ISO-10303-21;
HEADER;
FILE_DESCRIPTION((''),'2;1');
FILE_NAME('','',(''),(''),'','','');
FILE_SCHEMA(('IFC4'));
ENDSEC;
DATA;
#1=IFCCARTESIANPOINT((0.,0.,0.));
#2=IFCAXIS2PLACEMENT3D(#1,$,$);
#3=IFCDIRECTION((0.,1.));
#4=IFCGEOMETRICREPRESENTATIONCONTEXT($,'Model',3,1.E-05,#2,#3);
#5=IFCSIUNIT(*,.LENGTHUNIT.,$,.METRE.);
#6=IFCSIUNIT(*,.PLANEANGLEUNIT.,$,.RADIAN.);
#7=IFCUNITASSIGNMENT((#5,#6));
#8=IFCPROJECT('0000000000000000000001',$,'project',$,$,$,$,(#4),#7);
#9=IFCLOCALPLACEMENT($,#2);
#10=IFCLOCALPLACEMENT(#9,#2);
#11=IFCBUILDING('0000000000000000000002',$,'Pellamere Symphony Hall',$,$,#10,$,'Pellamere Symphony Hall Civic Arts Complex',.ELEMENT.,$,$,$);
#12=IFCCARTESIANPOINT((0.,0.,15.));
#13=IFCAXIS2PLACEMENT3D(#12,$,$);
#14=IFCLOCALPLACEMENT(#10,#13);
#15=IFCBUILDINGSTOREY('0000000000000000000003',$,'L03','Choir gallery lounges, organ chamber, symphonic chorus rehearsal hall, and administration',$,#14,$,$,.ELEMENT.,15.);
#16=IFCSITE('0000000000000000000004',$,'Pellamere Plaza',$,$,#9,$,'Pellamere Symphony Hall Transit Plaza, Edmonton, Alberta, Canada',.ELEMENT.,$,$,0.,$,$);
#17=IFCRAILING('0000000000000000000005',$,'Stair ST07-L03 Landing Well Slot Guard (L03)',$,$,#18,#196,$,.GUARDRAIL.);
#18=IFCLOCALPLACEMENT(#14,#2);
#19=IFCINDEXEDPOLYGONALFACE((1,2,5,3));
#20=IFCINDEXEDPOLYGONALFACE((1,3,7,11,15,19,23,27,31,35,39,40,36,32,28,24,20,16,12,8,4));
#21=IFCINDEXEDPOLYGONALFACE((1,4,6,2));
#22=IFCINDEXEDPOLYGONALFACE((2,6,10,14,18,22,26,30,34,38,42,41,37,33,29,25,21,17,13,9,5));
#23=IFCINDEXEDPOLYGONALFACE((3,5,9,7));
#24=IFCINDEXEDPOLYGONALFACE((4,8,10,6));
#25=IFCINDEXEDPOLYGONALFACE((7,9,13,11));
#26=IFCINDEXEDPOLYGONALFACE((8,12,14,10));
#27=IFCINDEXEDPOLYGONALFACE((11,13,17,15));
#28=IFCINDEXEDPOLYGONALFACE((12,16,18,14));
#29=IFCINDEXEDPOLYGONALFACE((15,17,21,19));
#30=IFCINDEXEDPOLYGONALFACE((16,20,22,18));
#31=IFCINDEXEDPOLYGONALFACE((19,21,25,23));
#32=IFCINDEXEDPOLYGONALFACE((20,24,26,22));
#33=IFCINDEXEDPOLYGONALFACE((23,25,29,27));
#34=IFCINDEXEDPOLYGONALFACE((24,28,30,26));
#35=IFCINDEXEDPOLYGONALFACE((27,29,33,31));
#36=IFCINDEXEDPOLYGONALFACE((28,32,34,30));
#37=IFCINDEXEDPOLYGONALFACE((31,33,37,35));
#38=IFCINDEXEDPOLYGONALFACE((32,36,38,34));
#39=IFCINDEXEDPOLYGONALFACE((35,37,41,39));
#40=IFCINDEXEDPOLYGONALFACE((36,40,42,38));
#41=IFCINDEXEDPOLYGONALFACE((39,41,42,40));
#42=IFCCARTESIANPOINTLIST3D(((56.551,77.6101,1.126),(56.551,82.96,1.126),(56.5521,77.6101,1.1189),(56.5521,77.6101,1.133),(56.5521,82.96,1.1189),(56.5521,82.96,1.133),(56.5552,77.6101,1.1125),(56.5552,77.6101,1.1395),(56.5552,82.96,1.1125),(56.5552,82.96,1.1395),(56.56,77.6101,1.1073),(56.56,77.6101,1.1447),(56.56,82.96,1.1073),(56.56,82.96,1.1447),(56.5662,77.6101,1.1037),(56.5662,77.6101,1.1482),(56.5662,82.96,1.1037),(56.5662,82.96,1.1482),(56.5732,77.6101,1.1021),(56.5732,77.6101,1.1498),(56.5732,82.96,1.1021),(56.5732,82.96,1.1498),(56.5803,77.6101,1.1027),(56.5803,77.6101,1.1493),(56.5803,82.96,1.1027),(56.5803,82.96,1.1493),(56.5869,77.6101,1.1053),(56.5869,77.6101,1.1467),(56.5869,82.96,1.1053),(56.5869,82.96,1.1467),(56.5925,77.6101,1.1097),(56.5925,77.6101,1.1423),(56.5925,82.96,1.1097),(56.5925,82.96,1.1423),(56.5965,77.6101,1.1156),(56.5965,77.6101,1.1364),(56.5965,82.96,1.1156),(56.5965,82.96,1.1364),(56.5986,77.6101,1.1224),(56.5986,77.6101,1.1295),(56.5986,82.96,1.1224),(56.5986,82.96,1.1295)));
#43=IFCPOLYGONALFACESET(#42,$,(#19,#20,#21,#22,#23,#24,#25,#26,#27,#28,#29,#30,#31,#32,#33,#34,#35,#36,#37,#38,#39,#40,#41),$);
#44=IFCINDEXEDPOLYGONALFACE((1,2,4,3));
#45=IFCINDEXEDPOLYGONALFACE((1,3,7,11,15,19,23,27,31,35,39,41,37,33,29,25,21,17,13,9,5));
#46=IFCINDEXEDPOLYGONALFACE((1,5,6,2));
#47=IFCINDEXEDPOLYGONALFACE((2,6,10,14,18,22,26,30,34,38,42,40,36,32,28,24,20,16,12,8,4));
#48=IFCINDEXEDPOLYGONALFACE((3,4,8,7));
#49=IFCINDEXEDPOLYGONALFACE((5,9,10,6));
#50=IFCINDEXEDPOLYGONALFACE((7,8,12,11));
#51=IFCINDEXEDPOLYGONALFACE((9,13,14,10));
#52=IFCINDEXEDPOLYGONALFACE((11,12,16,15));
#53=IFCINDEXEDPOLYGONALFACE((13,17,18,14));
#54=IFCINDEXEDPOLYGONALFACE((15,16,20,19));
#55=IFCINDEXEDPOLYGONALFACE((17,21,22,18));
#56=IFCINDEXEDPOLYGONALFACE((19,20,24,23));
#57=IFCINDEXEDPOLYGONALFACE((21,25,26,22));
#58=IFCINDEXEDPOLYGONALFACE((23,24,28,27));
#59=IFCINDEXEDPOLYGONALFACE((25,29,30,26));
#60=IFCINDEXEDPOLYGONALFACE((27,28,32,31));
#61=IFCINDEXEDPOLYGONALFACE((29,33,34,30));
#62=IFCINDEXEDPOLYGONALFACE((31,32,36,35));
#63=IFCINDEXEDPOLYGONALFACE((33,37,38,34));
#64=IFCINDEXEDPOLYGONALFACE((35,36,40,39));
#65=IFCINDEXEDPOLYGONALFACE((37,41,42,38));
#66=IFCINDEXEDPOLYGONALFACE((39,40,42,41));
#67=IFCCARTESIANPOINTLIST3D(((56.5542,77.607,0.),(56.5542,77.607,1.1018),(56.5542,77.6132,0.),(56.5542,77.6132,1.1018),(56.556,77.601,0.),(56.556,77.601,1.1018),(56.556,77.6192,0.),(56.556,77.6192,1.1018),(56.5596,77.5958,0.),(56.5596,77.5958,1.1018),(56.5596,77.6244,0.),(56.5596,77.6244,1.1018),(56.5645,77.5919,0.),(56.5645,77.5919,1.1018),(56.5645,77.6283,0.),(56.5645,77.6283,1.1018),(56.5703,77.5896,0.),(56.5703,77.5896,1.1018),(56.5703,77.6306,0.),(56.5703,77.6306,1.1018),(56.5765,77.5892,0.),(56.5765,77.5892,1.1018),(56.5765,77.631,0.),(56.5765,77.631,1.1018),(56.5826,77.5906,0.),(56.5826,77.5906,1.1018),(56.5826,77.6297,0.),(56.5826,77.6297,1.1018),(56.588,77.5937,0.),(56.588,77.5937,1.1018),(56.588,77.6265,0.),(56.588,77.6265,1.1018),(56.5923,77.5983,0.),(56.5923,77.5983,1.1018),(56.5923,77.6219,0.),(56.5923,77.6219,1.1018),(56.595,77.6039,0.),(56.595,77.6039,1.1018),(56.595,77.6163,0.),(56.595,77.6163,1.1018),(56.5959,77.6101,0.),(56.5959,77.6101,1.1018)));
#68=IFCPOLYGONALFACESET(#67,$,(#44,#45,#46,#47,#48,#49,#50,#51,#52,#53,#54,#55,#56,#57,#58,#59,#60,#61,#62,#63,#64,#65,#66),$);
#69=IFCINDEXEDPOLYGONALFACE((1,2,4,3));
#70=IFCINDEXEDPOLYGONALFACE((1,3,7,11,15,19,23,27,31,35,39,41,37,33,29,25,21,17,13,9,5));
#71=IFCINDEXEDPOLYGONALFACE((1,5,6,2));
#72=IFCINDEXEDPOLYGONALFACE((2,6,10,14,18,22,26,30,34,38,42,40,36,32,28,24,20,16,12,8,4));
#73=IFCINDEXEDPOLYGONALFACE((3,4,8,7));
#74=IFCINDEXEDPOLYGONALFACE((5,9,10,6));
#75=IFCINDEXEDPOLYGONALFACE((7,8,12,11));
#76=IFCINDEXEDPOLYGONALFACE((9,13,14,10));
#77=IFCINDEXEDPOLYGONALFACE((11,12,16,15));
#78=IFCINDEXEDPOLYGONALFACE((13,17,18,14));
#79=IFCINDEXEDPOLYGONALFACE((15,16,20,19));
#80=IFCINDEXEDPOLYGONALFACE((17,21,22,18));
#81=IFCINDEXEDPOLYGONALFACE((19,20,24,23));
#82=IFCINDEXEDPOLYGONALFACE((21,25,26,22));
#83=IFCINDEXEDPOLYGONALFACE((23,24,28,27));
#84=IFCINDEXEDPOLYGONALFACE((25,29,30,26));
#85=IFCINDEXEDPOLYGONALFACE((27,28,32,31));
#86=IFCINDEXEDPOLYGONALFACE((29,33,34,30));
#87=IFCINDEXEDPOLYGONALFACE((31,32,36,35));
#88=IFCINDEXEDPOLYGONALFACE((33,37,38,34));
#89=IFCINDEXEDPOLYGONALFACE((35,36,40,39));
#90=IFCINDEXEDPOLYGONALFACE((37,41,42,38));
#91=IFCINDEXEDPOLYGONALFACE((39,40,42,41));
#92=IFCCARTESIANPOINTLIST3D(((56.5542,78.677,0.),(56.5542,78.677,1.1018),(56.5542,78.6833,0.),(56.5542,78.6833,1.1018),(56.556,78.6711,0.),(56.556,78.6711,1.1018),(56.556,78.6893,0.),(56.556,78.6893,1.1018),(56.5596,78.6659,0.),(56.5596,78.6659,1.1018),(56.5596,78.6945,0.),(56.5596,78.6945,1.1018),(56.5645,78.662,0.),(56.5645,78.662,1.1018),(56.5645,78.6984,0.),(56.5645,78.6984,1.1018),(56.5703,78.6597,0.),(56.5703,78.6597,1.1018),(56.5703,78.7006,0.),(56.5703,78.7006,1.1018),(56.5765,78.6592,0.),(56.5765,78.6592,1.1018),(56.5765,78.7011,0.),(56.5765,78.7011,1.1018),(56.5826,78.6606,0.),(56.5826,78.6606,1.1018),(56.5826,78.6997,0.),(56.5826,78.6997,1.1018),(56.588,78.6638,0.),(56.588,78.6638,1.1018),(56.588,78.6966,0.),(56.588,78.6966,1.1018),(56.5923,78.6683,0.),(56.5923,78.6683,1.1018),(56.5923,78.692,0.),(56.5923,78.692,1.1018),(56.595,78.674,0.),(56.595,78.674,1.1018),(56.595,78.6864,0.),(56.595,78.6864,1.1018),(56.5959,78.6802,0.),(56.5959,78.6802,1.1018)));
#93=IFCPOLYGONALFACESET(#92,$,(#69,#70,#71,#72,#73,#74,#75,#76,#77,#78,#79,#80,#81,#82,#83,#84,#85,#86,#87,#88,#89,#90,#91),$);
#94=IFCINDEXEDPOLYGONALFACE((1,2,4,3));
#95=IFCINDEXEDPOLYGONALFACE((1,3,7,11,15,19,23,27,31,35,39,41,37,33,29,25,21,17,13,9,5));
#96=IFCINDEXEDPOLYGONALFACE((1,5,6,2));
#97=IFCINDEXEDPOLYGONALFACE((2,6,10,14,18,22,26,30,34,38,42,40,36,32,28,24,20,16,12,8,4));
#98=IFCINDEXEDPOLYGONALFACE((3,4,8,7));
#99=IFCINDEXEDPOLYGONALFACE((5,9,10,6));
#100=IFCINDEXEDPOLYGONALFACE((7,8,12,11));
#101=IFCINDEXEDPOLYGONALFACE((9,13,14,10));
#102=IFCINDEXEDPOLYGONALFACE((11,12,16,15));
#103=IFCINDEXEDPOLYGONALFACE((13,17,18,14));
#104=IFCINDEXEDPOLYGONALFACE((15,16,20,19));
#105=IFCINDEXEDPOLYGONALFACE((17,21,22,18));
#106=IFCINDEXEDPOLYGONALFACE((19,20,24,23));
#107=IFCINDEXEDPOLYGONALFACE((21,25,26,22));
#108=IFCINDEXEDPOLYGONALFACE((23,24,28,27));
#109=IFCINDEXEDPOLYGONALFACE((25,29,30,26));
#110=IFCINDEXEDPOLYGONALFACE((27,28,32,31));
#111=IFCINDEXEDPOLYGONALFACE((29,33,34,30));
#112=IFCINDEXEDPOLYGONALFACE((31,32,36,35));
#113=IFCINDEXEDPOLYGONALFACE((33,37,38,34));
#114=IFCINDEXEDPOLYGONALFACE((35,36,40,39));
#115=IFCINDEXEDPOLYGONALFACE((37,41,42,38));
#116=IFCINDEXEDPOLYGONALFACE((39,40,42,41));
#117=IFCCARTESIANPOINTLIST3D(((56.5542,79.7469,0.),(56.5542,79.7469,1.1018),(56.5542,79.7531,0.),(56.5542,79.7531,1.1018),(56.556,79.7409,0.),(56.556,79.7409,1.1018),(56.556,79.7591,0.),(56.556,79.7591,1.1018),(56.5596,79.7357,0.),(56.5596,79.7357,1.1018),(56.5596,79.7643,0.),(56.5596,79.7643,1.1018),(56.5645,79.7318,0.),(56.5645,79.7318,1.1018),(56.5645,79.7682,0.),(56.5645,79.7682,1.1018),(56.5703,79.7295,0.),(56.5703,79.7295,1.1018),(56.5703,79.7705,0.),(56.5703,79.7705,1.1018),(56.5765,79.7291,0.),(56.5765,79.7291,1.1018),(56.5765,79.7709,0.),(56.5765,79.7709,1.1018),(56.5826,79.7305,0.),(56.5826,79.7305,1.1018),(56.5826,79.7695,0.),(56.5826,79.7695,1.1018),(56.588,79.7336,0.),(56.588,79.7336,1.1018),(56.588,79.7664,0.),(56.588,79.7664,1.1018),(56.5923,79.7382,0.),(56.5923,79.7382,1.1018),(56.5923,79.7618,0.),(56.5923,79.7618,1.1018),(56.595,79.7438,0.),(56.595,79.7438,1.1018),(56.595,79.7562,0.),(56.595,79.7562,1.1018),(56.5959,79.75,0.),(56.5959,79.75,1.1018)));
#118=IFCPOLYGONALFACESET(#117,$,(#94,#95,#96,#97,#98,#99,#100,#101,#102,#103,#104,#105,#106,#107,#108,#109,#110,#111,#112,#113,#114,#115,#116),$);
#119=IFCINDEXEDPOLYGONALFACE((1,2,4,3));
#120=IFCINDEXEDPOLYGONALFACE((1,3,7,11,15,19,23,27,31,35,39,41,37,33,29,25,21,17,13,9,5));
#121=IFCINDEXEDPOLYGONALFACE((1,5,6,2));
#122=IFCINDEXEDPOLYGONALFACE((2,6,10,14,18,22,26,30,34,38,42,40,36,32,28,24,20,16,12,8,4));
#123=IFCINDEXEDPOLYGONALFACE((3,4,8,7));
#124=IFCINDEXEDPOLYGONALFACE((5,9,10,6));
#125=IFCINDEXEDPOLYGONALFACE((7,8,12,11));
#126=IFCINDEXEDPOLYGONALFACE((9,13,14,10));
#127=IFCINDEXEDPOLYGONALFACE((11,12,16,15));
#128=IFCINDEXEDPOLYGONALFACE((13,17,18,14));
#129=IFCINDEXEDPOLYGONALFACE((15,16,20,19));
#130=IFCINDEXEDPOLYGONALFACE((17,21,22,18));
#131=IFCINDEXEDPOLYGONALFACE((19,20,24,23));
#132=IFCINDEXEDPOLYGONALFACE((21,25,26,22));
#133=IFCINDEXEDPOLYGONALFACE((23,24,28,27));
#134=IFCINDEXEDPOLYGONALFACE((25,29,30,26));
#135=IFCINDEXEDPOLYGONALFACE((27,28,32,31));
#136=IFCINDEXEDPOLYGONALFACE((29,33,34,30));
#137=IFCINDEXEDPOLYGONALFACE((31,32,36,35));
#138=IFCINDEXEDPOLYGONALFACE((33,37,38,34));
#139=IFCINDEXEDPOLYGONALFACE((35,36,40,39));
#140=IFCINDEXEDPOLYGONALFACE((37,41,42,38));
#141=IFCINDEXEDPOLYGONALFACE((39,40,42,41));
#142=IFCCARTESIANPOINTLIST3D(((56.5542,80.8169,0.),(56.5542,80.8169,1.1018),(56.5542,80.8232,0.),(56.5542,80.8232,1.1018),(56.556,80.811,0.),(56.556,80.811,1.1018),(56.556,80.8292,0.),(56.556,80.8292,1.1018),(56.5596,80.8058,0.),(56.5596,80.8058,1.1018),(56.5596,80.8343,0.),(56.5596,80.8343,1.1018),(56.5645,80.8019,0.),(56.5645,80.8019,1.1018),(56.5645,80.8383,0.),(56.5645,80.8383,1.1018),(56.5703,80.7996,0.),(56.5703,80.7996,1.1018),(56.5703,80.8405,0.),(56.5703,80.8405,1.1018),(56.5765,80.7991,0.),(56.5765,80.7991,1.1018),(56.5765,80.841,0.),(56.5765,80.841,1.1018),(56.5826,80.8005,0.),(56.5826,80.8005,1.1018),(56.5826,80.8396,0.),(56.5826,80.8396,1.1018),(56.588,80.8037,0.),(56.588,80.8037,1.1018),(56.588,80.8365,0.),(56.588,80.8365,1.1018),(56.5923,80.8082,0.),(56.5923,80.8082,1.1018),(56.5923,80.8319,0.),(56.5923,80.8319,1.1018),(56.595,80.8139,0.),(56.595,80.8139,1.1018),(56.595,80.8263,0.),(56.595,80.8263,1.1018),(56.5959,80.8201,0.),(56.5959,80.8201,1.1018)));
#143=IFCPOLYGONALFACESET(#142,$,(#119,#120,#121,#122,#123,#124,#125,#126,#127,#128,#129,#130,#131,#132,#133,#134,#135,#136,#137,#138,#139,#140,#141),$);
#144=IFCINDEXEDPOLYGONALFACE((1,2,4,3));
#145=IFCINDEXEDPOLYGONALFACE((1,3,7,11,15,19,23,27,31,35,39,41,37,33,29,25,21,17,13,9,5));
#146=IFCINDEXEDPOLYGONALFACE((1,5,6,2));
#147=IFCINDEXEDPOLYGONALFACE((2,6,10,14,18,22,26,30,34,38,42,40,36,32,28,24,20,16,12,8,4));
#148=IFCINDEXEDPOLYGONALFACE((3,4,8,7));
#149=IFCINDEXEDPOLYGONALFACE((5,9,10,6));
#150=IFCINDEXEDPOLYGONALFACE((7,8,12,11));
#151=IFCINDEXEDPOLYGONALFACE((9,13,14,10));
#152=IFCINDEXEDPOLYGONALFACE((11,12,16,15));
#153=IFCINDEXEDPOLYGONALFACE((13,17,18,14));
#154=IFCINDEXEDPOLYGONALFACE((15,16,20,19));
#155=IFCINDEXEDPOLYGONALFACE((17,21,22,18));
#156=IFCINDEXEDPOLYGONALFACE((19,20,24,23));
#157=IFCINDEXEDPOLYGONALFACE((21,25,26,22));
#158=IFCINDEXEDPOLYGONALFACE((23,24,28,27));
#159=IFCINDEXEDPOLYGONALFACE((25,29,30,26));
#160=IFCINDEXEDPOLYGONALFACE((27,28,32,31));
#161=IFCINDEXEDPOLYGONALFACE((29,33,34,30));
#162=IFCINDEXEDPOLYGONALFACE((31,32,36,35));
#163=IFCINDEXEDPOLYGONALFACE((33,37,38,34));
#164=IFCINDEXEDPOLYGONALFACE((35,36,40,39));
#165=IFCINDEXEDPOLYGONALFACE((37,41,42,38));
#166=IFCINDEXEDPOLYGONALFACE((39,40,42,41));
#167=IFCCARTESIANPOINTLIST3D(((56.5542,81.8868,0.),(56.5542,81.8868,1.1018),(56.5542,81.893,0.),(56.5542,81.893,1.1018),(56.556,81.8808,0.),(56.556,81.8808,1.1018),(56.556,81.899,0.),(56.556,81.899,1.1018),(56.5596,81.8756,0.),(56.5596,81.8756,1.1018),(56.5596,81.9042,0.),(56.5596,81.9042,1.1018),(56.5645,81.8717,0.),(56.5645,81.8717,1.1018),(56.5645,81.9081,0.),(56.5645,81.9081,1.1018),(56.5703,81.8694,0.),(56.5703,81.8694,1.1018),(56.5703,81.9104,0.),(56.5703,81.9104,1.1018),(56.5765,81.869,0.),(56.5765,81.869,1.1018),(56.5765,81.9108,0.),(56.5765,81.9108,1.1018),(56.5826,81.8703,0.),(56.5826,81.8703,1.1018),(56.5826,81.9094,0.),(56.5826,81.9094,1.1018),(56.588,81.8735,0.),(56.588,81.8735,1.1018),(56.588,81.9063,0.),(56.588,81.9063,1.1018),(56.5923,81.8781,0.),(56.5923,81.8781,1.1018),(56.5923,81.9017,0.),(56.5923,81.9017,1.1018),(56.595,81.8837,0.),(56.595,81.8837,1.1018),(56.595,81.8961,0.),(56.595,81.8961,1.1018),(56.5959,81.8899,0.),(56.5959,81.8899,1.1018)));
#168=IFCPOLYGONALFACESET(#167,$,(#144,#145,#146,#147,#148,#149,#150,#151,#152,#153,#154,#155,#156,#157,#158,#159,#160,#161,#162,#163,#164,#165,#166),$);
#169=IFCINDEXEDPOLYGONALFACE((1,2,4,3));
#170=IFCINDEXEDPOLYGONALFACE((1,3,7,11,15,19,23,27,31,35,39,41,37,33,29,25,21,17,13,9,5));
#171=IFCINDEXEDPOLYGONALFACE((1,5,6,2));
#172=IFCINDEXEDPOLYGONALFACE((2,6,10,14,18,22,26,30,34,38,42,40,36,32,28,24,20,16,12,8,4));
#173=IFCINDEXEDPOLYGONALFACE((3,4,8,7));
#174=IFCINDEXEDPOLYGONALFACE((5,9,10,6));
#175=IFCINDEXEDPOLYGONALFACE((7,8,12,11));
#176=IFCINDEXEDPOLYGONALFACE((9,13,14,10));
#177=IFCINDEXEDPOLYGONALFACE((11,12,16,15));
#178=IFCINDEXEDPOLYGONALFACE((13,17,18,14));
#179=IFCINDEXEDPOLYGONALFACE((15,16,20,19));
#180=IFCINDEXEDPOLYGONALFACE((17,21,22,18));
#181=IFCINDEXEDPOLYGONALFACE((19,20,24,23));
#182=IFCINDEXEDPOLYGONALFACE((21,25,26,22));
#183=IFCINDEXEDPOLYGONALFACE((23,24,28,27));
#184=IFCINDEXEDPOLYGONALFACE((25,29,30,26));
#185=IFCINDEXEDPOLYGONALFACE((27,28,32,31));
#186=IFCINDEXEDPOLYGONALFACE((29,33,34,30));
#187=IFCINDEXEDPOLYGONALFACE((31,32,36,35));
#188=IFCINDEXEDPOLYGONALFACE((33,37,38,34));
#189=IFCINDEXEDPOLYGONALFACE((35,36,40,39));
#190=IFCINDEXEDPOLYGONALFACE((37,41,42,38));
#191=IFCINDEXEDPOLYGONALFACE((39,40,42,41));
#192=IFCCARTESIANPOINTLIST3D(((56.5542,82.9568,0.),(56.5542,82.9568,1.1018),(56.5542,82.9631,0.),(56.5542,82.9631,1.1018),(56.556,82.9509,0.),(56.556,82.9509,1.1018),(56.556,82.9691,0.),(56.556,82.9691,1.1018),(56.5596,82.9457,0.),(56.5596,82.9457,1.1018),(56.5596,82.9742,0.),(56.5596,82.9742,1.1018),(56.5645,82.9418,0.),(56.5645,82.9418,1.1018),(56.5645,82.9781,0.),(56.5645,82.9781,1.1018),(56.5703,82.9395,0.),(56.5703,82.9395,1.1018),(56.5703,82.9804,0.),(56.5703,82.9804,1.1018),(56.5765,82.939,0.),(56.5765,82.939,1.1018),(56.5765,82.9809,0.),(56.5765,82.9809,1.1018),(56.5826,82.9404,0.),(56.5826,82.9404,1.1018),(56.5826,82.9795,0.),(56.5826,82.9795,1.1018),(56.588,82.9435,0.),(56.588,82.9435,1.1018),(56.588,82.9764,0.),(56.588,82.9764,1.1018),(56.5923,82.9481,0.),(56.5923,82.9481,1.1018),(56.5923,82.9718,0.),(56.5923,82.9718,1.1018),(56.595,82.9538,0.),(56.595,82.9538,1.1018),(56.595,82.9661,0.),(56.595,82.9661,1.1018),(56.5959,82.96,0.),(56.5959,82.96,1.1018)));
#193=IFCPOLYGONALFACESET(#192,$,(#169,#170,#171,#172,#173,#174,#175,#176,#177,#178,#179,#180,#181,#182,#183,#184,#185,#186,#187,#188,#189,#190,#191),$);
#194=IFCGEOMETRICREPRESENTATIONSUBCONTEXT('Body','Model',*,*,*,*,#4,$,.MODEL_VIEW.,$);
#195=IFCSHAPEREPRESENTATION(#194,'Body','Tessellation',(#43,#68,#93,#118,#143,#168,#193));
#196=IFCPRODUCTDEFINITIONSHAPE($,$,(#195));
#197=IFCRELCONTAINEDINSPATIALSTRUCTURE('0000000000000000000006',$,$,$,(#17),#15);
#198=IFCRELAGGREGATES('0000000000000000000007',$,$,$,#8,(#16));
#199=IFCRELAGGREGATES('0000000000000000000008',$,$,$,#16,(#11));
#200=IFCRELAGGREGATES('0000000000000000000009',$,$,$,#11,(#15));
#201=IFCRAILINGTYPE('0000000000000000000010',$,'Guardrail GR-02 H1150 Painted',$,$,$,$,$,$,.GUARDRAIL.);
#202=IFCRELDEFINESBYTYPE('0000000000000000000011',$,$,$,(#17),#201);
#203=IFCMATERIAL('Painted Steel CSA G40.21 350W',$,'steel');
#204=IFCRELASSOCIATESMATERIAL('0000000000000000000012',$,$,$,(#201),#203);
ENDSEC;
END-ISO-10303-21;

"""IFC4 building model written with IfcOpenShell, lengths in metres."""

from ifc_helpers import new_model, si_unit, direction, frame, origin, origin_2d, place, context, subcontext, project, spatial, circle, extrude, material, type_object, element, save


model = new_model("IFC4")

# Units and contexts
model_context = context("Model", 3, precision=1e-05, world=origin(), true_north=direction((0.0, 1.0)))
body_context = subcontext(model_context, "Body", "Model", "MODEL_VIEW")
ifc_project = project(units=[si_unit("LENGTHUNIT", "METRE"), si_unit("PLANEANGLEUNIT", "RADIAN")], contexts=[model_context])

# Site, building, storey
site_placement = place(None, origin())
site = spatial("IfcSite", under=ifc_project, at=site_placement, Name="Pellamere Plaza", LongName="Pellamere Symphony Hall Transit Plaza, Edmonton, Alberta, Canada", CompositionType="ELEMENT", RefElevation=0.0)
building_placement = place(site_placement, origin())
building = spatial("IfcBuilding", under=site, at=building_placement, Name="Pellamere Symphony Hall", LongName="Pellamere Symphony Hall Civic Arts Complex", CompositionType="ELEMENT")
storey_placement = place(building_placement, frame((0.0, 0.0, 15.0)))
storey = spatial("IfcBuildingStorey", under=building, at=storey_placement, Name="L03", Description="Choir gallery lounges, organ chamber, symphonic chorus rehearsal hall, and administration", CompositionType="ELEMENT", Elevation=15.0)

# Railing
ifc_material_1 = material(Name="Painted Steel CSA G40.21 350W", Category="steel")
railing_type_1 = type_object("IfcRailingType", Name="Guardrail GR-02 H1150 Painted", PredefinedType="GUARDRAIL", material=ifc_material_1)
railing_1_placement = place(storey_placement, frame((56.575, 77.6101, 0.0)))
element("IfcRailing", 1, at=railing_1_placement, inside=storey, type_object=railing_type_1, Name="Stair ST07-L03 Landing Well Slot Guard (L03)", PredefinedType="GUARDRAIL", context=body_context, shape_type="SweptSolid", body=[
    extrude(circle(Radius=0.0239, at=origin_2d()), frame((0.0, 0.0, 1.126), z_axis=(0.0, 1.0, 0.0), x_axis=(-1.0, 0.0, 0.0)), (0.0, 0.0, 1.0), 5.3499),
    extrude(circle(Radius=0.021, at=origin_2d()), origin(), (0.0, 0.0, 1.0), 1.1018),
    extrude(circle(Radius=0.021, at=origin_2d()), frame((0.0, 1.0701, 0.0)), (0.0, 0.0, 1.0), 1.1018),
    extrude(circle(Radius=0.021, at=origin_2d()), frame((0.0, 2.1399, 0.0)), (0.0, 0.0, 1.0), 1.1018),
    extrude(circle(Radius=0.021, at=origin_2d()), frame((0.0, 3.21, 0.0)), (0.0, 0.0, 1.0), 1.1018),
    extrude(circle(Radius=0.021, at=origin_2d()), frame((0.0, 4.2798, 0.0)), (0.0, 0.0, 1.0), 1.1018),
    extrude(circle(Radius=0.021, at=origin_2d()), frame((0.0, 5.3499, 0.0)), (0.0, 0.0, 1.0), 1.1018),
])

save(model, "model.ifc")
